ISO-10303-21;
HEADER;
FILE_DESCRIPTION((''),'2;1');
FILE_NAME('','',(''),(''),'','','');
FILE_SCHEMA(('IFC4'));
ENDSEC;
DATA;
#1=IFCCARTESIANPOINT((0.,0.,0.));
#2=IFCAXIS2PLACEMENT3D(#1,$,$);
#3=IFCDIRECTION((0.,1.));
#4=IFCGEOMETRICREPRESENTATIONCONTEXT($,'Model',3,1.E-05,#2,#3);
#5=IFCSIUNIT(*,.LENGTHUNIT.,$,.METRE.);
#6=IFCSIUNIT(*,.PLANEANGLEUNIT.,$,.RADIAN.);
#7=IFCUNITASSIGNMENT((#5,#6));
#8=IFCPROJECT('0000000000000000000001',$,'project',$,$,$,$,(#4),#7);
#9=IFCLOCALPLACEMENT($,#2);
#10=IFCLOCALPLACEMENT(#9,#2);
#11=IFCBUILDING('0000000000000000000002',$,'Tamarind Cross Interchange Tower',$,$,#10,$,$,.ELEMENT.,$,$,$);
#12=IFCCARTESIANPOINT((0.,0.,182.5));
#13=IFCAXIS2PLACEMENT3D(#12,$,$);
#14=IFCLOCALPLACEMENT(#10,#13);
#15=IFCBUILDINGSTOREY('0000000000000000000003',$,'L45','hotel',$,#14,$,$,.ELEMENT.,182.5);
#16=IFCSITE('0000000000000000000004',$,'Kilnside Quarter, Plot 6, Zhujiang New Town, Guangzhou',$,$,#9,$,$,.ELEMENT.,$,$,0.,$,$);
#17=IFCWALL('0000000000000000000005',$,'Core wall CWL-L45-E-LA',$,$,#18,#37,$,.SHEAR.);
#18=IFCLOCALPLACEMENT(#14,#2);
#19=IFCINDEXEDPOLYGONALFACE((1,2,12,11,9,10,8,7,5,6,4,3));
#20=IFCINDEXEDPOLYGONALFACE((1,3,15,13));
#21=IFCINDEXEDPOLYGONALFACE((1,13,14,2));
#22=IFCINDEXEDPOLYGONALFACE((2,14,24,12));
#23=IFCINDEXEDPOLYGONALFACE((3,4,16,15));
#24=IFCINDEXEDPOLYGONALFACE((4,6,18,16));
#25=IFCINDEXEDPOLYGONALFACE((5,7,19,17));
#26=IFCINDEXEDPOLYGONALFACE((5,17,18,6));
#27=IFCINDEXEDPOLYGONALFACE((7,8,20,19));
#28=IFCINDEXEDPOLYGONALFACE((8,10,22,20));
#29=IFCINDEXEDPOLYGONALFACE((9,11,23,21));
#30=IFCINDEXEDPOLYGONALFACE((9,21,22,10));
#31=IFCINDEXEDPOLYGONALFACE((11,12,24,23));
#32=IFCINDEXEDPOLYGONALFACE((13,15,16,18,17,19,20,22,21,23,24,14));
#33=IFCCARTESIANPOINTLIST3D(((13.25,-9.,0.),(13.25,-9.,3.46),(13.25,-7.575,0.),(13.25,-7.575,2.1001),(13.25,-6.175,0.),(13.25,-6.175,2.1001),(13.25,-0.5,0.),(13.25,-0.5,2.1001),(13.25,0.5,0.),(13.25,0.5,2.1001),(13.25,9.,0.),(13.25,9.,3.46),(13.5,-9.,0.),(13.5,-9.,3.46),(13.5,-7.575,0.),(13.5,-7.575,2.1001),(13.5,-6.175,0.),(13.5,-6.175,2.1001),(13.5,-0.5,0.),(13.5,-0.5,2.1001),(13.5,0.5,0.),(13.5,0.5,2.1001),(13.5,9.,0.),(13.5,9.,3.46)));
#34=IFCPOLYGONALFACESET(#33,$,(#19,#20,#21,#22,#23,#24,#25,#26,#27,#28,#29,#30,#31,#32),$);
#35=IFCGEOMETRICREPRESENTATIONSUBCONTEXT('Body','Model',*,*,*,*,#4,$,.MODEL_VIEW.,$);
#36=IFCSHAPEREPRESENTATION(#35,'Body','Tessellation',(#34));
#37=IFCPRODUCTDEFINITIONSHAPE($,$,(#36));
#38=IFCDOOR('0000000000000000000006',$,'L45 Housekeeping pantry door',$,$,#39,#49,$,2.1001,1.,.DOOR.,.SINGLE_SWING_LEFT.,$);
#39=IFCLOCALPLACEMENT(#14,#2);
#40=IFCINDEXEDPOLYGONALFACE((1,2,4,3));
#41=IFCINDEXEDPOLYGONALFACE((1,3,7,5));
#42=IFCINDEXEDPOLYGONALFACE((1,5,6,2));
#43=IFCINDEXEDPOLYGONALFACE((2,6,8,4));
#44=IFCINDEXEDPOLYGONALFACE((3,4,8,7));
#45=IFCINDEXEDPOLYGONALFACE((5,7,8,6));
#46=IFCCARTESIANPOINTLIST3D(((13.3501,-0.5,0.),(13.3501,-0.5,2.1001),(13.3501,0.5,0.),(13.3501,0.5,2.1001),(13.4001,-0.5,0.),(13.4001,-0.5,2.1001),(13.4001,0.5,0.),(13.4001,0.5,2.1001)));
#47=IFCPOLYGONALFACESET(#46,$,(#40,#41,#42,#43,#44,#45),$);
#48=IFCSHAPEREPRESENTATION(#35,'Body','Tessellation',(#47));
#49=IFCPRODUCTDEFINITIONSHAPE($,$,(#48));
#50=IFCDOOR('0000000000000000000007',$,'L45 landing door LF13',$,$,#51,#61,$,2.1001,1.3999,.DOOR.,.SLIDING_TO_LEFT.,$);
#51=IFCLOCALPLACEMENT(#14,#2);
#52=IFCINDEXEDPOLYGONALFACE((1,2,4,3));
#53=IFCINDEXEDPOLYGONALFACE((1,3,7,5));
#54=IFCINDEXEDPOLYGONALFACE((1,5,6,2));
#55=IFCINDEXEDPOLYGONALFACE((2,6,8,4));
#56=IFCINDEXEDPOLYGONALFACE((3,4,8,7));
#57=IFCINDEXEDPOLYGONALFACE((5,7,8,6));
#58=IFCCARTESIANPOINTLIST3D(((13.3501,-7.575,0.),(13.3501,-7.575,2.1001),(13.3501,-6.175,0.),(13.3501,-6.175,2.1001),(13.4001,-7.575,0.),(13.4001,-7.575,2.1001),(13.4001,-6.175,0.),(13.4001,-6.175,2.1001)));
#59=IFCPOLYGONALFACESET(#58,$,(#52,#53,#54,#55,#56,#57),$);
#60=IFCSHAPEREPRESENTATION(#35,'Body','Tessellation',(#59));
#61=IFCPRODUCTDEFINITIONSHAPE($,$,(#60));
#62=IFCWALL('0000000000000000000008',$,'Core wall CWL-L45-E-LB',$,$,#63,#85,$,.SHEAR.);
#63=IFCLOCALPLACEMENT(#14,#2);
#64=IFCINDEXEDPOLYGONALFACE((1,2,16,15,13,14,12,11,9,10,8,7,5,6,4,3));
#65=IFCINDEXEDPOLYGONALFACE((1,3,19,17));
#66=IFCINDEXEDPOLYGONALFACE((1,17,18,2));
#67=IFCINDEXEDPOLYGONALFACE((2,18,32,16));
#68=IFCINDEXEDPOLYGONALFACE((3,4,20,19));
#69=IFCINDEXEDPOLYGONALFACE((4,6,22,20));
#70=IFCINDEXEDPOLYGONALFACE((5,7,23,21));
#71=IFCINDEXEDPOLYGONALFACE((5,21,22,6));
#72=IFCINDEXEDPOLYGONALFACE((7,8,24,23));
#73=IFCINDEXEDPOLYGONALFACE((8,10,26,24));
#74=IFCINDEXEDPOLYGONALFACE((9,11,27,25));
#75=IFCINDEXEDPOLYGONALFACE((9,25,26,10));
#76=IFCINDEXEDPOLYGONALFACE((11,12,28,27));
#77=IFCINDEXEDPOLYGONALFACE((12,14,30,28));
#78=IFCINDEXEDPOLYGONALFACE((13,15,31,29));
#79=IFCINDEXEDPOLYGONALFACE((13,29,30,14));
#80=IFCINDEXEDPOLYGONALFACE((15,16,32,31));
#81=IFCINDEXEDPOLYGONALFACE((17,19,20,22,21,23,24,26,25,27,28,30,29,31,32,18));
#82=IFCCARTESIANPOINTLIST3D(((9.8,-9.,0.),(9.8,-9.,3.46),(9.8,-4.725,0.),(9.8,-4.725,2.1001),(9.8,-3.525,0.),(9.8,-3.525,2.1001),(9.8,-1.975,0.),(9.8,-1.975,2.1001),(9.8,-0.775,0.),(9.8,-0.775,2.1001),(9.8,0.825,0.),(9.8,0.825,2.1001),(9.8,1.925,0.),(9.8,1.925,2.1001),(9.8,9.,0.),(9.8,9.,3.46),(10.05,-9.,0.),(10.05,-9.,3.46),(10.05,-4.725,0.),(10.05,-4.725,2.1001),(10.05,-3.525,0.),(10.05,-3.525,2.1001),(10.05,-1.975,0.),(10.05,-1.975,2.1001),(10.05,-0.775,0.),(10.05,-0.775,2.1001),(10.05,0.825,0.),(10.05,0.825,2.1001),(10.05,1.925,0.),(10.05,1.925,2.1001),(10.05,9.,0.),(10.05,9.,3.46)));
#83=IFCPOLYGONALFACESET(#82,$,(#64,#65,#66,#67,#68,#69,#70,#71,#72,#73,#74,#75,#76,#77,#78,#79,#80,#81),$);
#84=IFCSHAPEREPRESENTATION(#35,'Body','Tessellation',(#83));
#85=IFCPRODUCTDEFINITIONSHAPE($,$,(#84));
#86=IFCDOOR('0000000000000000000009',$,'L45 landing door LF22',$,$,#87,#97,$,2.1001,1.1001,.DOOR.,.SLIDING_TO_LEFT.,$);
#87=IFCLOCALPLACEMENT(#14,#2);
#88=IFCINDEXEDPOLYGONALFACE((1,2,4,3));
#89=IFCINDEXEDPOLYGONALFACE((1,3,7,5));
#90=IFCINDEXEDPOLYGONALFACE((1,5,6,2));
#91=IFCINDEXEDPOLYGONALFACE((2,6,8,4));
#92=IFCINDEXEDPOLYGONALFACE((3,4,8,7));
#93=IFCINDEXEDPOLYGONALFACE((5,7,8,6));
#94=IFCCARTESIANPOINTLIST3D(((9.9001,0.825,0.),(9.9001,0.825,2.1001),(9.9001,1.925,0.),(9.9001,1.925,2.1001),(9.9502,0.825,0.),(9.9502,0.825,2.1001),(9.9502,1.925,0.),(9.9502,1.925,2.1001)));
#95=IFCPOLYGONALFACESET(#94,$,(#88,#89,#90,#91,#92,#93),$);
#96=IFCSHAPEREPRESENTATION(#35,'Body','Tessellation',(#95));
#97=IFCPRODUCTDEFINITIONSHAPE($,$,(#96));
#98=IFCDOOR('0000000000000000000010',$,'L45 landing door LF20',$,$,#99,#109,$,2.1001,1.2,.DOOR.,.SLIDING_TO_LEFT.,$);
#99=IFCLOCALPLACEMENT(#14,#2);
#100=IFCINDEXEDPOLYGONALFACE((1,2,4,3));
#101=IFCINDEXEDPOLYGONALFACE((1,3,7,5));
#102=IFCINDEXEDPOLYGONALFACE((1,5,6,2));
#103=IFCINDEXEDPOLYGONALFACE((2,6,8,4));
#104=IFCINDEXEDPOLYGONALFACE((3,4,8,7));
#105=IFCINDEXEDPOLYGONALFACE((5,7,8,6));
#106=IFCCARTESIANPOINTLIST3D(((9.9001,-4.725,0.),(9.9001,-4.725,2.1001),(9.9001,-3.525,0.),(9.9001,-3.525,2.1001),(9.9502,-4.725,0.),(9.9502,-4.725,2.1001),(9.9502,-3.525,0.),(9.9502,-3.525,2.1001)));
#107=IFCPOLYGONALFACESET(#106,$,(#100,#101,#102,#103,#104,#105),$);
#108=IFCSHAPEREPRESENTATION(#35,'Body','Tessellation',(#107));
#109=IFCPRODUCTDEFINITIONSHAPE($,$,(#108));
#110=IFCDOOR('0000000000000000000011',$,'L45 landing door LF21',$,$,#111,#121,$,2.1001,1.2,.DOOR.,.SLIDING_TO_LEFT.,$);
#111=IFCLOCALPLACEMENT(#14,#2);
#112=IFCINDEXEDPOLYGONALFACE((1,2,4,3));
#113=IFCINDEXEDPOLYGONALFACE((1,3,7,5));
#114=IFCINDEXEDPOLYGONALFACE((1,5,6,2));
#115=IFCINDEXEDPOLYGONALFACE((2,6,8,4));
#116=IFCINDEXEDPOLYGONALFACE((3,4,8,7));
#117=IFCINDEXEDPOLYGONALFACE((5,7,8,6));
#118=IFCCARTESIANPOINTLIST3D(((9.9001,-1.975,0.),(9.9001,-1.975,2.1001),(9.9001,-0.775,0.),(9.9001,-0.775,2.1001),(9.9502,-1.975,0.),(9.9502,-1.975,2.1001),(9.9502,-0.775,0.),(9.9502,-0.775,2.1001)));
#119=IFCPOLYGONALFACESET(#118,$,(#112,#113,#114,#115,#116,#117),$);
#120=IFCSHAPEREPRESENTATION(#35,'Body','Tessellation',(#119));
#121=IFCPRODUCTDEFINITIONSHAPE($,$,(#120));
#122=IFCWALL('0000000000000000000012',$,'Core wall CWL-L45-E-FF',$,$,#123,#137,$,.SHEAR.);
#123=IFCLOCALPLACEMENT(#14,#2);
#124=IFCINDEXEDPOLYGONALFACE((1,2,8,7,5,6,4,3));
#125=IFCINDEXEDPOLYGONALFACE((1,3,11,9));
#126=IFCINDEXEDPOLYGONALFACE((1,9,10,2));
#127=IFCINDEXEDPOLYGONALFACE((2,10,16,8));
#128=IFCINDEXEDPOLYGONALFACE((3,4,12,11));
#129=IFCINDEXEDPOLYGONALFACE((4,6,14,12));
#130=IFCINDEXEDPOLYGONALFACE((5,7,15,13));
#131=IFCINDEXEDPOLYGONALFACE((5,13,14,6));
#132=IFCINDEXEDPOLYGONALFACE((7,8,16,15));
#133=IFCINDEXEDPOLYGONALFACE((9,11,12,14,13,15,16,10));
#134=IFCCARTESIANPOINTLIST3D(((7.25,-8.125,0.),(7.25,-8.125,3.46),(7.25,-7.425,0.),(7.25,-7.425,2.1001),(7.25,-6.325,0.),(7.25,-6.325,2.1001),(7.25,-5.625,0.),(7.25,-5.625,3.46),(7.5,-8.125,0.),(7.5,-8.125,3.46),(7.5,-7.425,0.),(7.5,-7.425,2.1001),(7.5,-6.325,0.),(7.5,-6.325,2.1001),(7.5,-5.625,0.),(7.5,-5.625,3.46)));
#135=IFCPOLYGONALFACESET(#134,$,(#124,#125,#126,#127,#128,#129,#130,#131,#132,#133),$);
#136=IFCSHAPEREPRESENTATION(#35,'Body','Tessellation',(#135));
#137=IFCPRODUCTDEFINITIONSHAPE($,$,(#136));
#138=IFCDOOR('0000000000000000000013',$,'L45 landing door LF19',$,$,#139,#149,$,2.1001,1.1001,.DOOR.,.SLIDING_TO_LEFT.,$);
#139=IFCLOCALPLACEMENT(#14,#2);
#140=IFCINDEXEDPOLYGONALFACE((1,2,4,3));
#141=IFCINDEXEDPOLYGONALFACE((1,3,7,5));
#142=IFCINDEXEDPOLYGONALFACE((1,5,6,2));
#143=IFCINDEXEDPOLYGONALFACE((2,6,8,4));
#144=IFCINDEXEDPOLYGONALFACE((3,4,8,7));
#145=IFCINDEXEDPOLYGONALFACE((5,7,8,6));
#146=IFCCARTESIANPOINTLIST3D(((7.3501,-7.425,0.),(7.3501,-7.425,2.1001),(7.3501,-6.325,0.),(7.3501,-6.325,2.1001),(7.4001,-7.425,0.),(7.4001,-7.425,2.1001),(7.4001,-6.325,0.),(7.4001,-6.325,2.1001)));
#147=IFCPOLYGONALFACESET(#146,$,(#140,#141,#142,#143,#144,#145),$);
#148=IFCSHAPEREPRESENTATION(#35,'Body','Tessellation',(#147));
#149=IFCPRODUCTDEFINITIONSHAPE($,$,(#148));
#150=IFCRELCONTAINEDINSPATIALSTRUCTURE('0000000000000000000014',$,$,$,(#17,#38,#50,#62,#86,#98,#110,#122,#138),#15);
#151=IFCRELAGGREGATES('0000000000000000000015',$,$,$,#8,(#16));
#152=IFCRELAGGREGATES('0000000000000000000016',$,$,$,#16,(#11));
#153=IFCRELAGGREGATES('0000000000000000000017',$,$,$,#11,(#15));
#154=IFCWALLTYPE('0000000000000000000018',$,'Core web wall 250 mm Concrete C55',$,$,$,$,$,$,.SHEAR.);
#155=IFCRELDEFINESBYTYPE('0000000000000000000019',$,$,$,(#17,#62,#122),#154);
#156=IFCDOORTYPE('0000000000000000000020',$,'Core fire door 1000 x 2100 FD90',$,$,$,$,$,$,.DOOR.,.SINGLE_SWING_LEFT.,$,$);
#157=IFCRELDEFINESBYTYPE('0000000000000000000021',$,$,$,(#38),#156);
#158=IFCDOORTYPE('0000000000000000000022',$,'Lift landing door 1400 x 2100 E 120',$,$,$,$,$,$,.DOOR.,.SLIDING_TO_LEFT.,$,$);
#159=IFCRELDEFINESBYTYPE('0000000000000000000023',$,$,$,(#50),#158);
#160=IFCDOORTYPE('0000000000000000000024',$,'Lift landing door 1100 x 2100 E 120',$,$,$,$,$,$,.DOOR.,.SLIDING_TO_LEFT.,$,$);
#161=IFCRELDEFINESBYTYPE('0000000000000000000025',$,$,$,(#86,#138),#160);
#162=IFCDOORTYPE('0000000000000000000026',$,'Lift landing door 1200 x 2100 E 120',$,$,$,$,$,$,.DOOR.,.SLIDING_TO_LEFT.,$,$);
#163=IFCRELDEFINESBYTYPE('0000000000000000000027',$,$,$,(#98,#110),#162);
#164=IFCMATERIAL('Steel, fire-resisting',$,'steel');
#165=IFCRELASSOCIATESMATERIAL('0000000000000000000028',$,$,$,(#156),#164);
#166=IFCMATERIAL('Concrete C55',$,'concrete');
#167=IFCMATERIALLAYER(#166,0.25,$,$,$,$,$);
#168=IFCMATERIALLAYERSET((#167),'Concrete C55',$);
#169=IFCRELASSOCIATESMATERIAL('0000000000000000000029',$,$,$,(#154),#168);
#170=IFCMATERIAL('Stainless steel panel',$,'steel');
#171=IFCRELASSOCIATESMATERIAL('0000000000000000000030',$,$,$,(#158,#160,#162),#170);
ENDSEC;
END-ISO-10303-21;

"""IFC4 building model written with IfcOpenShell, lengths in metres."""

from ifc_helpers import new_model, si_unit, direction, frame, frame_2d, origin, place, context, subcontext, project, spatial, rectangle, extrude, material, layer, layer_set, type_object, element, fill, save


model = new_model("IFC4")

# Units and contexts
model_context = context("Model", 3, precision=1e-05, world=origin(), true_north=direction((0.0, 1.0)))
body_context = subcontext(model_context, "Body", "Model", "MODEL_VIEW")
ifc_project = project(units=[si_unit("LENGTHUNIT", "METRE"), si_unit("PLANEANGLEUNIT", "RADIAN")], contexts=[model_context])

# Site, building, storey
site_placement = place(None, origin())
site = spatial("IfcSite", under=ifc_project, at=site_placement, Name="Kilnside Quarter, Plot 6, Zhujiang New Town, Guangzhou", CompositionType="ELEMENT", RefElevation=0.0)
building_placement = place(site_placement, origin())
building = spatial("IfcBuilding", under=site, at=building_placement, Name="Tamarind Cross Interchange Tower", CompositionType="ELEMENT")
storey_placement = place(building_placement, frame((0.0, 0.0, 182.5)))
storey = spatial("IfcBuildingStorey", under=building, at=storey_placement, Name="L45", Description="hotel", CompositionType="ELEMENT", Elevation=182.5)

# Shared definitions
ifc_material_1 = material(Name="Concrete C55", Category="concrete")
ifc_material_2 = material(Name="Steel, fire-resisting", Category="steel")
door_type_1 = type_object("IfcDoorType", Name="Core fire door 1000 x 2100 FD90", OperationType="SINGLE_SWING_LEFT", PredefinedType="DOOR", material=ifc_material_2)

# Shared definitions
ifc_layer_1 = layer(ifc_material_1, 0.25)
ifc_layer_set_1 = layer_set([ifc_layer_1], Name="Concrete C55")
wall_type_1 = type_object("IfcWallType", Name="Core web wall 250 mm Concrete C55", PredefinedType="SHEAR", material=ifc_layer_set_1)

# Walls, openings, doors
wall_1_placement = place(storey_placement, frame((13.375, -9.0, 0.0), z_axis=(0.0, 0.0, 1.0), x_axis=(0.0, 1.0, 0.0)))
wall_1 = element("IfcWall", 1, at=wall_1_placement, inside=storey, type_object=wall_type_1, Name="Core wall CWL-L45-E-LA", PredefinedType="SHEAR", context=body_context, shape_type="SweptSolid", body=[
    extrude(rectangle(XDim=18.0, YDim=0.25, at=frame_2d((9.0, 0.0))), origin(), (0.0, 0.0, 1.0), 3.46),
])
opening_1_placement = place(wall_1_placement, frame((1.425, 0.0, 0.0)))
opening_1 = element("IfcOpeningElement", 2, at=opening_1_placement, cuts=wall_1, PredefinedType="OPENING", context=body_context, shape_type="SweptSolid", body=[
    extrude(rectangle(XDim=1.3999, YDim=2.1001, at=frame_2d((0.7, 1.05))), frame((0.0, 0.135, 0.0), z_axis=(0.0, -1.0, 0.0), x_axis=(1.0, 0.0, 0.0)), (0.0, 0.0, 1.0), 0.27),
])
opening_2_placement = place(wall_1_placement, frame((8.5, 0.0, 0.0)))
opening_2 = element("IfcOpeningElement", 3, at=opening_2_placement, cuts=wall_1, PredefinedType="OPENING", context=body_context, shape_type="SweptSolid", body=[
    extrude(rectangle(XDim=1.0, YDim=2.1001, at=frame_2d((0.5, 1.05))), frame((0.0, 0.135, 0.0), z_axis=(0.0, -1.0, 0.0), x_axis=(1.0, 0.0, 0.0)), (0.0, 0.0, 1.0), 0.27),
])
door_1_placement = place(opening_2_placement, origin())
door_1 = element("IfcDoor", 4, at=door_1_placement, inside=storey, type_object=door_type_1, Name="L45 Housekeeping pantry door", OperationType="SINGLE_SWING_LEFT", OverallHeight=2.1001, OverallWidth=1.0, PredefinedType="DOOR", context=body_context, shape_type="SweptSolid", body=[
    extrude(rectangle(XDim=1.0, YDim=2.1001, at=frame_2d((0.5, 1.05))), frame((0.0, 0.0249, 0.0), z_axis=(0.0, -1.0, 0.0), x_axis=(1.0, 0.0, 0.0)), (0.0, 0.0, 1.0), 0.05),
])
fill(opening_2, door_1)
ifc_material_3 = material(Name="Stainless steel panel", Category="steel")
door_type_2 = type_object("IfcDoorType", Name="Lift landing door 1400 x 2100 E 120", OperationType="SLIDING_TO_LEFT", PredefinedType="DOOR", material=ifc_material_3)
door_2_placement = place(opening_1_placement, origin())
door_2 = element("IfcDoor", 5, at=door_2_placement, inside=storey, type_object=door_type_2, Name="L45 landing door LF13", OperationType="SLIDING_TO_LEFT", OverallHeight=2.1001, OverallWidth=1.3999, PredefinedType="DOOR", context=body_context, shape_type="SweptSolid", body=[
    extrude(rectangle(XDim=1.3999, YDim=2.1001, at=frame_2d((0.7, 1.05))), frame((0.0, 0.0249, 0.0), z_axis=(0.0, -1.0, 0.0), x_axis=(1.0, 0.0, 0.0)), (0.0, 0.0, 1.0), 0.05),
])
fill(opening_1, door_2)
wall_2_placement = place(storey_placement, frame((9.925, -9.0, 0.0), z_axis=(0.0, 0.0, 1.0), x_axis=(0.0, 1.0, 0.0)))
wall_2 = element("IfcWall", 6, at=wall_2_placement, inside=storey, type_object=wall_type_1, Name="Core wall CWL-L45-E-LB", PredefinedType="SHEAR", context=body_context, shape_type="SweptSolid", body=[
    extrude(rectangle(XDim=18.0, YDim=0.25, at=frame_2d((9.0, 0.0))), origin(), (0.0, 0.0, 1.0), 3.46),
])
opening_3_placement = place(wall_2_placement, frame((4.2749, 0.0, 0.0)))
opening_3 = element("IfcOpeningElement", 7, at=opening_3_placement, cuts=wall_2, PredefinedType="OPENING", context=body_context, shape_type="SweptSolid", body=[
    extrude(rectangle(XDim=1.2, YDim=2.1001, at=frame_2d((0.6001, 1.05))), frame((0.0, 0.135, 0.0), z_axis=(0.0, -1.0, 0.0), x_axis=(1.0, 0.0, 0.0)), (0.0, 0.0, 1.0), 0.27),
])
opening_4_placement = place(wall_2_placement, frame((7.0249, 0.0, 0.0)))
opening_4 = element("IfcOpeningElement", 8, at=opening_4_placement, cuts=wall_2, PredefinedType="OPENING", context=body_context, shape_type="SweptSolid", body=[
    extrude(rectangle(XDim=1.2, YDim=2.1001, at=frame_2d((0.6001, 1.05))), frame((0.0, 0.135, 0.0), z_axis=(0.0, -1.0, 0.0), x_axis=(1.0, 0.0, 0.0)), (0.0, 0.0, 1.0), 0.27),
])
opening_5_placement = place(wall_2_placement, frame((9.825, 0.0, 0.0)))
opening_5 = element("IfcOpeningElement", 9, at=opening_5_placement, cuts=wall_2, PredefinedType="OPENING", context=body_context, shape_type="SweptSolid", body=[
    extrude(rectangle(XDim=1.1001, YDim=2.1001, at=frame_2d((0.55, 1.05))), frame((0.0, 0.135, 0.0), z_axis=(0.0, -1.0, 0.0), x_axis=(1.0, 0.0, 0.0)), (0.0, 0.0, 1.0), 0.27),
])
door_type_3 = type_object("IfcDoorType", Name="Lift landing door 1100 x 2100 E 120", OperationType="SLIDING_TO_LEFT", PredefinedType="DOOR", material=ifc_material_3)
door_3_placement = place(opening_5_placement, origin())
door_3 = element("IfcDoor", 10, at=door_3_placement, inside=storey, type_object=door_type_3, Name="L45 landing door LF22", OperationType="SLIDING_TO_LEFT", OverallHeight=2.1001, OverallWidth=1.1001, PredefinedType="DOOR", context=body_context, shape_type="SweptSolid", body=[
    extrude(rectangle(XDim=1.1001, YDim=2.1001, at=frame_2d((0.55, 1.05))), frame((0.0, 0.0249, 0.0), z_axis=(0.0, -1.0, 0.0), x_axis=(1.0, 0.0, 0.0)), (0.0, 0.0, 1.0), 0.05),
])
fill(opening_5, door_3)
door_type_4 = type_object("IfcDoorType", Name="Lift landing door 1200 x 2100 E 120", OperationType="SLIDING_TO_LEFT", PredefinedType="DOOR", material=ifc_material_3)
door_4_placement = place(opening_3_placement, origin())
door_4 = element("IfcDoor", 11, at=door_4_placement, inside=storey, type_object=door_type_4, Name="L45 landing door LF20", OperationType="SLIDING_TO_LEFT", OverallHeight=2.1001, OverallWidth=1.2, PredefinedType="DOOR", context=body_context, shape_type="SweptSolid", body=[
    extrude(rectangle(XDim=1.2, YDim=2.1001, at=frame_2d((0.6001, 1.05))), frame((0.0, 0.0249, 0.0), z_axis=(0.0, -1.0, 0.0), x_axis=(1.0, 0.0, 0.0)), (0.0, 0.0, 1.0), 0.05),
])
fill(opening_3, door_4)
door_5_placement = place(opening_4_placement, origin())
door_5 = element("IfcDoor", 12, at=door_5_placement, inside=storey, type_object=door_type_4, Name="L45 landing door LF21", OperationType="SLIDING_TO_LEFT", OverallHeight=2.1001, OverallWidth=1.2, PredefinedType="DOOR", context=body_context, shape_type="SweptSolid", body=[
    extrude(rectangle(XDim=1.2, YDim=2.1001, at=frame_2d((0.6001, 1.05))), frame((0.0, 0.0249, 0.0), z_axis=(0.0, -1.0, 0.0), x_axis=(1.0, 0.0, 0.0)), (0.0, 0.0, 1.0), 0.05),
])
fill(opening_4, door_5)

# Wall, opening, door
wall_3_placement = place(storey_placement, frame((7.375, -8.125, 0.0), z_axis=(0.0, 0.0, 1.0), x_axis=(0.0, 1.0, 0.0)))
wall_3 = element("IfcWall", 13, at=wall_3_placement, inside=storey, type_object=wall_type_1, Name="Core wall CWL-L45-E-FF", PredefinedType="SHEAR", context=body_context, shape_type="SweptSolid", body=[
    extrude(rectangle(XDim=2.5, YDim=0.25, at=frame_2d((1.25, 0.0))), origin(), (0.0, 0.0, 1.0), 3.46),
])
opening_6_placement = place(wall_3_placement, frame((0.7, 0.0, 0.0)))
opening_6 = element("IfcOpeningElement", 14, at=opening_6_placement, cuts=wall_3, PredefinedType="OPENING", context=body_context, shape_type="SweptSolid", body=[
    extrude(rectangle(XDim=1.1001, YDim=2.1001, at=frame_2d((0.55, 1.05))), frame((0.0, 0.135, 0.0), z_axis=(0.0, -1.0, 0.0), x_axis=(1.0, 0.0, 0.0)), (0.0, 0.0, 1.0), 0.27),
])
door_6_placement = place(opening_6_placement, origin())
door_6 = element("IfcDoor", 15, at=door_6_placement, inside=storey, type_object=door_type_3, Name="L45 landing door LF19", OperationType="SLIDING_TO_LEFT", OverallHeight=2.1001, OverallWidth=1.1001, PredefinedType="DOOR", context=body_context, shape_type="SweptSolid", body=[
    extrude(rectangle(XDim=1.1001, YDim=2.1001, at=frame_2d((0.55, 1.05))), frame((0.0, 0.0249, 0.0), z_axis=(0.0, -1.0, 0.0), x_axis=(1.0, 0.0, 0.0)), (0.0, 0.0, 1.0), 0.05),
])
fill(opening_6, door_6)

save(model, "model.ifc")
